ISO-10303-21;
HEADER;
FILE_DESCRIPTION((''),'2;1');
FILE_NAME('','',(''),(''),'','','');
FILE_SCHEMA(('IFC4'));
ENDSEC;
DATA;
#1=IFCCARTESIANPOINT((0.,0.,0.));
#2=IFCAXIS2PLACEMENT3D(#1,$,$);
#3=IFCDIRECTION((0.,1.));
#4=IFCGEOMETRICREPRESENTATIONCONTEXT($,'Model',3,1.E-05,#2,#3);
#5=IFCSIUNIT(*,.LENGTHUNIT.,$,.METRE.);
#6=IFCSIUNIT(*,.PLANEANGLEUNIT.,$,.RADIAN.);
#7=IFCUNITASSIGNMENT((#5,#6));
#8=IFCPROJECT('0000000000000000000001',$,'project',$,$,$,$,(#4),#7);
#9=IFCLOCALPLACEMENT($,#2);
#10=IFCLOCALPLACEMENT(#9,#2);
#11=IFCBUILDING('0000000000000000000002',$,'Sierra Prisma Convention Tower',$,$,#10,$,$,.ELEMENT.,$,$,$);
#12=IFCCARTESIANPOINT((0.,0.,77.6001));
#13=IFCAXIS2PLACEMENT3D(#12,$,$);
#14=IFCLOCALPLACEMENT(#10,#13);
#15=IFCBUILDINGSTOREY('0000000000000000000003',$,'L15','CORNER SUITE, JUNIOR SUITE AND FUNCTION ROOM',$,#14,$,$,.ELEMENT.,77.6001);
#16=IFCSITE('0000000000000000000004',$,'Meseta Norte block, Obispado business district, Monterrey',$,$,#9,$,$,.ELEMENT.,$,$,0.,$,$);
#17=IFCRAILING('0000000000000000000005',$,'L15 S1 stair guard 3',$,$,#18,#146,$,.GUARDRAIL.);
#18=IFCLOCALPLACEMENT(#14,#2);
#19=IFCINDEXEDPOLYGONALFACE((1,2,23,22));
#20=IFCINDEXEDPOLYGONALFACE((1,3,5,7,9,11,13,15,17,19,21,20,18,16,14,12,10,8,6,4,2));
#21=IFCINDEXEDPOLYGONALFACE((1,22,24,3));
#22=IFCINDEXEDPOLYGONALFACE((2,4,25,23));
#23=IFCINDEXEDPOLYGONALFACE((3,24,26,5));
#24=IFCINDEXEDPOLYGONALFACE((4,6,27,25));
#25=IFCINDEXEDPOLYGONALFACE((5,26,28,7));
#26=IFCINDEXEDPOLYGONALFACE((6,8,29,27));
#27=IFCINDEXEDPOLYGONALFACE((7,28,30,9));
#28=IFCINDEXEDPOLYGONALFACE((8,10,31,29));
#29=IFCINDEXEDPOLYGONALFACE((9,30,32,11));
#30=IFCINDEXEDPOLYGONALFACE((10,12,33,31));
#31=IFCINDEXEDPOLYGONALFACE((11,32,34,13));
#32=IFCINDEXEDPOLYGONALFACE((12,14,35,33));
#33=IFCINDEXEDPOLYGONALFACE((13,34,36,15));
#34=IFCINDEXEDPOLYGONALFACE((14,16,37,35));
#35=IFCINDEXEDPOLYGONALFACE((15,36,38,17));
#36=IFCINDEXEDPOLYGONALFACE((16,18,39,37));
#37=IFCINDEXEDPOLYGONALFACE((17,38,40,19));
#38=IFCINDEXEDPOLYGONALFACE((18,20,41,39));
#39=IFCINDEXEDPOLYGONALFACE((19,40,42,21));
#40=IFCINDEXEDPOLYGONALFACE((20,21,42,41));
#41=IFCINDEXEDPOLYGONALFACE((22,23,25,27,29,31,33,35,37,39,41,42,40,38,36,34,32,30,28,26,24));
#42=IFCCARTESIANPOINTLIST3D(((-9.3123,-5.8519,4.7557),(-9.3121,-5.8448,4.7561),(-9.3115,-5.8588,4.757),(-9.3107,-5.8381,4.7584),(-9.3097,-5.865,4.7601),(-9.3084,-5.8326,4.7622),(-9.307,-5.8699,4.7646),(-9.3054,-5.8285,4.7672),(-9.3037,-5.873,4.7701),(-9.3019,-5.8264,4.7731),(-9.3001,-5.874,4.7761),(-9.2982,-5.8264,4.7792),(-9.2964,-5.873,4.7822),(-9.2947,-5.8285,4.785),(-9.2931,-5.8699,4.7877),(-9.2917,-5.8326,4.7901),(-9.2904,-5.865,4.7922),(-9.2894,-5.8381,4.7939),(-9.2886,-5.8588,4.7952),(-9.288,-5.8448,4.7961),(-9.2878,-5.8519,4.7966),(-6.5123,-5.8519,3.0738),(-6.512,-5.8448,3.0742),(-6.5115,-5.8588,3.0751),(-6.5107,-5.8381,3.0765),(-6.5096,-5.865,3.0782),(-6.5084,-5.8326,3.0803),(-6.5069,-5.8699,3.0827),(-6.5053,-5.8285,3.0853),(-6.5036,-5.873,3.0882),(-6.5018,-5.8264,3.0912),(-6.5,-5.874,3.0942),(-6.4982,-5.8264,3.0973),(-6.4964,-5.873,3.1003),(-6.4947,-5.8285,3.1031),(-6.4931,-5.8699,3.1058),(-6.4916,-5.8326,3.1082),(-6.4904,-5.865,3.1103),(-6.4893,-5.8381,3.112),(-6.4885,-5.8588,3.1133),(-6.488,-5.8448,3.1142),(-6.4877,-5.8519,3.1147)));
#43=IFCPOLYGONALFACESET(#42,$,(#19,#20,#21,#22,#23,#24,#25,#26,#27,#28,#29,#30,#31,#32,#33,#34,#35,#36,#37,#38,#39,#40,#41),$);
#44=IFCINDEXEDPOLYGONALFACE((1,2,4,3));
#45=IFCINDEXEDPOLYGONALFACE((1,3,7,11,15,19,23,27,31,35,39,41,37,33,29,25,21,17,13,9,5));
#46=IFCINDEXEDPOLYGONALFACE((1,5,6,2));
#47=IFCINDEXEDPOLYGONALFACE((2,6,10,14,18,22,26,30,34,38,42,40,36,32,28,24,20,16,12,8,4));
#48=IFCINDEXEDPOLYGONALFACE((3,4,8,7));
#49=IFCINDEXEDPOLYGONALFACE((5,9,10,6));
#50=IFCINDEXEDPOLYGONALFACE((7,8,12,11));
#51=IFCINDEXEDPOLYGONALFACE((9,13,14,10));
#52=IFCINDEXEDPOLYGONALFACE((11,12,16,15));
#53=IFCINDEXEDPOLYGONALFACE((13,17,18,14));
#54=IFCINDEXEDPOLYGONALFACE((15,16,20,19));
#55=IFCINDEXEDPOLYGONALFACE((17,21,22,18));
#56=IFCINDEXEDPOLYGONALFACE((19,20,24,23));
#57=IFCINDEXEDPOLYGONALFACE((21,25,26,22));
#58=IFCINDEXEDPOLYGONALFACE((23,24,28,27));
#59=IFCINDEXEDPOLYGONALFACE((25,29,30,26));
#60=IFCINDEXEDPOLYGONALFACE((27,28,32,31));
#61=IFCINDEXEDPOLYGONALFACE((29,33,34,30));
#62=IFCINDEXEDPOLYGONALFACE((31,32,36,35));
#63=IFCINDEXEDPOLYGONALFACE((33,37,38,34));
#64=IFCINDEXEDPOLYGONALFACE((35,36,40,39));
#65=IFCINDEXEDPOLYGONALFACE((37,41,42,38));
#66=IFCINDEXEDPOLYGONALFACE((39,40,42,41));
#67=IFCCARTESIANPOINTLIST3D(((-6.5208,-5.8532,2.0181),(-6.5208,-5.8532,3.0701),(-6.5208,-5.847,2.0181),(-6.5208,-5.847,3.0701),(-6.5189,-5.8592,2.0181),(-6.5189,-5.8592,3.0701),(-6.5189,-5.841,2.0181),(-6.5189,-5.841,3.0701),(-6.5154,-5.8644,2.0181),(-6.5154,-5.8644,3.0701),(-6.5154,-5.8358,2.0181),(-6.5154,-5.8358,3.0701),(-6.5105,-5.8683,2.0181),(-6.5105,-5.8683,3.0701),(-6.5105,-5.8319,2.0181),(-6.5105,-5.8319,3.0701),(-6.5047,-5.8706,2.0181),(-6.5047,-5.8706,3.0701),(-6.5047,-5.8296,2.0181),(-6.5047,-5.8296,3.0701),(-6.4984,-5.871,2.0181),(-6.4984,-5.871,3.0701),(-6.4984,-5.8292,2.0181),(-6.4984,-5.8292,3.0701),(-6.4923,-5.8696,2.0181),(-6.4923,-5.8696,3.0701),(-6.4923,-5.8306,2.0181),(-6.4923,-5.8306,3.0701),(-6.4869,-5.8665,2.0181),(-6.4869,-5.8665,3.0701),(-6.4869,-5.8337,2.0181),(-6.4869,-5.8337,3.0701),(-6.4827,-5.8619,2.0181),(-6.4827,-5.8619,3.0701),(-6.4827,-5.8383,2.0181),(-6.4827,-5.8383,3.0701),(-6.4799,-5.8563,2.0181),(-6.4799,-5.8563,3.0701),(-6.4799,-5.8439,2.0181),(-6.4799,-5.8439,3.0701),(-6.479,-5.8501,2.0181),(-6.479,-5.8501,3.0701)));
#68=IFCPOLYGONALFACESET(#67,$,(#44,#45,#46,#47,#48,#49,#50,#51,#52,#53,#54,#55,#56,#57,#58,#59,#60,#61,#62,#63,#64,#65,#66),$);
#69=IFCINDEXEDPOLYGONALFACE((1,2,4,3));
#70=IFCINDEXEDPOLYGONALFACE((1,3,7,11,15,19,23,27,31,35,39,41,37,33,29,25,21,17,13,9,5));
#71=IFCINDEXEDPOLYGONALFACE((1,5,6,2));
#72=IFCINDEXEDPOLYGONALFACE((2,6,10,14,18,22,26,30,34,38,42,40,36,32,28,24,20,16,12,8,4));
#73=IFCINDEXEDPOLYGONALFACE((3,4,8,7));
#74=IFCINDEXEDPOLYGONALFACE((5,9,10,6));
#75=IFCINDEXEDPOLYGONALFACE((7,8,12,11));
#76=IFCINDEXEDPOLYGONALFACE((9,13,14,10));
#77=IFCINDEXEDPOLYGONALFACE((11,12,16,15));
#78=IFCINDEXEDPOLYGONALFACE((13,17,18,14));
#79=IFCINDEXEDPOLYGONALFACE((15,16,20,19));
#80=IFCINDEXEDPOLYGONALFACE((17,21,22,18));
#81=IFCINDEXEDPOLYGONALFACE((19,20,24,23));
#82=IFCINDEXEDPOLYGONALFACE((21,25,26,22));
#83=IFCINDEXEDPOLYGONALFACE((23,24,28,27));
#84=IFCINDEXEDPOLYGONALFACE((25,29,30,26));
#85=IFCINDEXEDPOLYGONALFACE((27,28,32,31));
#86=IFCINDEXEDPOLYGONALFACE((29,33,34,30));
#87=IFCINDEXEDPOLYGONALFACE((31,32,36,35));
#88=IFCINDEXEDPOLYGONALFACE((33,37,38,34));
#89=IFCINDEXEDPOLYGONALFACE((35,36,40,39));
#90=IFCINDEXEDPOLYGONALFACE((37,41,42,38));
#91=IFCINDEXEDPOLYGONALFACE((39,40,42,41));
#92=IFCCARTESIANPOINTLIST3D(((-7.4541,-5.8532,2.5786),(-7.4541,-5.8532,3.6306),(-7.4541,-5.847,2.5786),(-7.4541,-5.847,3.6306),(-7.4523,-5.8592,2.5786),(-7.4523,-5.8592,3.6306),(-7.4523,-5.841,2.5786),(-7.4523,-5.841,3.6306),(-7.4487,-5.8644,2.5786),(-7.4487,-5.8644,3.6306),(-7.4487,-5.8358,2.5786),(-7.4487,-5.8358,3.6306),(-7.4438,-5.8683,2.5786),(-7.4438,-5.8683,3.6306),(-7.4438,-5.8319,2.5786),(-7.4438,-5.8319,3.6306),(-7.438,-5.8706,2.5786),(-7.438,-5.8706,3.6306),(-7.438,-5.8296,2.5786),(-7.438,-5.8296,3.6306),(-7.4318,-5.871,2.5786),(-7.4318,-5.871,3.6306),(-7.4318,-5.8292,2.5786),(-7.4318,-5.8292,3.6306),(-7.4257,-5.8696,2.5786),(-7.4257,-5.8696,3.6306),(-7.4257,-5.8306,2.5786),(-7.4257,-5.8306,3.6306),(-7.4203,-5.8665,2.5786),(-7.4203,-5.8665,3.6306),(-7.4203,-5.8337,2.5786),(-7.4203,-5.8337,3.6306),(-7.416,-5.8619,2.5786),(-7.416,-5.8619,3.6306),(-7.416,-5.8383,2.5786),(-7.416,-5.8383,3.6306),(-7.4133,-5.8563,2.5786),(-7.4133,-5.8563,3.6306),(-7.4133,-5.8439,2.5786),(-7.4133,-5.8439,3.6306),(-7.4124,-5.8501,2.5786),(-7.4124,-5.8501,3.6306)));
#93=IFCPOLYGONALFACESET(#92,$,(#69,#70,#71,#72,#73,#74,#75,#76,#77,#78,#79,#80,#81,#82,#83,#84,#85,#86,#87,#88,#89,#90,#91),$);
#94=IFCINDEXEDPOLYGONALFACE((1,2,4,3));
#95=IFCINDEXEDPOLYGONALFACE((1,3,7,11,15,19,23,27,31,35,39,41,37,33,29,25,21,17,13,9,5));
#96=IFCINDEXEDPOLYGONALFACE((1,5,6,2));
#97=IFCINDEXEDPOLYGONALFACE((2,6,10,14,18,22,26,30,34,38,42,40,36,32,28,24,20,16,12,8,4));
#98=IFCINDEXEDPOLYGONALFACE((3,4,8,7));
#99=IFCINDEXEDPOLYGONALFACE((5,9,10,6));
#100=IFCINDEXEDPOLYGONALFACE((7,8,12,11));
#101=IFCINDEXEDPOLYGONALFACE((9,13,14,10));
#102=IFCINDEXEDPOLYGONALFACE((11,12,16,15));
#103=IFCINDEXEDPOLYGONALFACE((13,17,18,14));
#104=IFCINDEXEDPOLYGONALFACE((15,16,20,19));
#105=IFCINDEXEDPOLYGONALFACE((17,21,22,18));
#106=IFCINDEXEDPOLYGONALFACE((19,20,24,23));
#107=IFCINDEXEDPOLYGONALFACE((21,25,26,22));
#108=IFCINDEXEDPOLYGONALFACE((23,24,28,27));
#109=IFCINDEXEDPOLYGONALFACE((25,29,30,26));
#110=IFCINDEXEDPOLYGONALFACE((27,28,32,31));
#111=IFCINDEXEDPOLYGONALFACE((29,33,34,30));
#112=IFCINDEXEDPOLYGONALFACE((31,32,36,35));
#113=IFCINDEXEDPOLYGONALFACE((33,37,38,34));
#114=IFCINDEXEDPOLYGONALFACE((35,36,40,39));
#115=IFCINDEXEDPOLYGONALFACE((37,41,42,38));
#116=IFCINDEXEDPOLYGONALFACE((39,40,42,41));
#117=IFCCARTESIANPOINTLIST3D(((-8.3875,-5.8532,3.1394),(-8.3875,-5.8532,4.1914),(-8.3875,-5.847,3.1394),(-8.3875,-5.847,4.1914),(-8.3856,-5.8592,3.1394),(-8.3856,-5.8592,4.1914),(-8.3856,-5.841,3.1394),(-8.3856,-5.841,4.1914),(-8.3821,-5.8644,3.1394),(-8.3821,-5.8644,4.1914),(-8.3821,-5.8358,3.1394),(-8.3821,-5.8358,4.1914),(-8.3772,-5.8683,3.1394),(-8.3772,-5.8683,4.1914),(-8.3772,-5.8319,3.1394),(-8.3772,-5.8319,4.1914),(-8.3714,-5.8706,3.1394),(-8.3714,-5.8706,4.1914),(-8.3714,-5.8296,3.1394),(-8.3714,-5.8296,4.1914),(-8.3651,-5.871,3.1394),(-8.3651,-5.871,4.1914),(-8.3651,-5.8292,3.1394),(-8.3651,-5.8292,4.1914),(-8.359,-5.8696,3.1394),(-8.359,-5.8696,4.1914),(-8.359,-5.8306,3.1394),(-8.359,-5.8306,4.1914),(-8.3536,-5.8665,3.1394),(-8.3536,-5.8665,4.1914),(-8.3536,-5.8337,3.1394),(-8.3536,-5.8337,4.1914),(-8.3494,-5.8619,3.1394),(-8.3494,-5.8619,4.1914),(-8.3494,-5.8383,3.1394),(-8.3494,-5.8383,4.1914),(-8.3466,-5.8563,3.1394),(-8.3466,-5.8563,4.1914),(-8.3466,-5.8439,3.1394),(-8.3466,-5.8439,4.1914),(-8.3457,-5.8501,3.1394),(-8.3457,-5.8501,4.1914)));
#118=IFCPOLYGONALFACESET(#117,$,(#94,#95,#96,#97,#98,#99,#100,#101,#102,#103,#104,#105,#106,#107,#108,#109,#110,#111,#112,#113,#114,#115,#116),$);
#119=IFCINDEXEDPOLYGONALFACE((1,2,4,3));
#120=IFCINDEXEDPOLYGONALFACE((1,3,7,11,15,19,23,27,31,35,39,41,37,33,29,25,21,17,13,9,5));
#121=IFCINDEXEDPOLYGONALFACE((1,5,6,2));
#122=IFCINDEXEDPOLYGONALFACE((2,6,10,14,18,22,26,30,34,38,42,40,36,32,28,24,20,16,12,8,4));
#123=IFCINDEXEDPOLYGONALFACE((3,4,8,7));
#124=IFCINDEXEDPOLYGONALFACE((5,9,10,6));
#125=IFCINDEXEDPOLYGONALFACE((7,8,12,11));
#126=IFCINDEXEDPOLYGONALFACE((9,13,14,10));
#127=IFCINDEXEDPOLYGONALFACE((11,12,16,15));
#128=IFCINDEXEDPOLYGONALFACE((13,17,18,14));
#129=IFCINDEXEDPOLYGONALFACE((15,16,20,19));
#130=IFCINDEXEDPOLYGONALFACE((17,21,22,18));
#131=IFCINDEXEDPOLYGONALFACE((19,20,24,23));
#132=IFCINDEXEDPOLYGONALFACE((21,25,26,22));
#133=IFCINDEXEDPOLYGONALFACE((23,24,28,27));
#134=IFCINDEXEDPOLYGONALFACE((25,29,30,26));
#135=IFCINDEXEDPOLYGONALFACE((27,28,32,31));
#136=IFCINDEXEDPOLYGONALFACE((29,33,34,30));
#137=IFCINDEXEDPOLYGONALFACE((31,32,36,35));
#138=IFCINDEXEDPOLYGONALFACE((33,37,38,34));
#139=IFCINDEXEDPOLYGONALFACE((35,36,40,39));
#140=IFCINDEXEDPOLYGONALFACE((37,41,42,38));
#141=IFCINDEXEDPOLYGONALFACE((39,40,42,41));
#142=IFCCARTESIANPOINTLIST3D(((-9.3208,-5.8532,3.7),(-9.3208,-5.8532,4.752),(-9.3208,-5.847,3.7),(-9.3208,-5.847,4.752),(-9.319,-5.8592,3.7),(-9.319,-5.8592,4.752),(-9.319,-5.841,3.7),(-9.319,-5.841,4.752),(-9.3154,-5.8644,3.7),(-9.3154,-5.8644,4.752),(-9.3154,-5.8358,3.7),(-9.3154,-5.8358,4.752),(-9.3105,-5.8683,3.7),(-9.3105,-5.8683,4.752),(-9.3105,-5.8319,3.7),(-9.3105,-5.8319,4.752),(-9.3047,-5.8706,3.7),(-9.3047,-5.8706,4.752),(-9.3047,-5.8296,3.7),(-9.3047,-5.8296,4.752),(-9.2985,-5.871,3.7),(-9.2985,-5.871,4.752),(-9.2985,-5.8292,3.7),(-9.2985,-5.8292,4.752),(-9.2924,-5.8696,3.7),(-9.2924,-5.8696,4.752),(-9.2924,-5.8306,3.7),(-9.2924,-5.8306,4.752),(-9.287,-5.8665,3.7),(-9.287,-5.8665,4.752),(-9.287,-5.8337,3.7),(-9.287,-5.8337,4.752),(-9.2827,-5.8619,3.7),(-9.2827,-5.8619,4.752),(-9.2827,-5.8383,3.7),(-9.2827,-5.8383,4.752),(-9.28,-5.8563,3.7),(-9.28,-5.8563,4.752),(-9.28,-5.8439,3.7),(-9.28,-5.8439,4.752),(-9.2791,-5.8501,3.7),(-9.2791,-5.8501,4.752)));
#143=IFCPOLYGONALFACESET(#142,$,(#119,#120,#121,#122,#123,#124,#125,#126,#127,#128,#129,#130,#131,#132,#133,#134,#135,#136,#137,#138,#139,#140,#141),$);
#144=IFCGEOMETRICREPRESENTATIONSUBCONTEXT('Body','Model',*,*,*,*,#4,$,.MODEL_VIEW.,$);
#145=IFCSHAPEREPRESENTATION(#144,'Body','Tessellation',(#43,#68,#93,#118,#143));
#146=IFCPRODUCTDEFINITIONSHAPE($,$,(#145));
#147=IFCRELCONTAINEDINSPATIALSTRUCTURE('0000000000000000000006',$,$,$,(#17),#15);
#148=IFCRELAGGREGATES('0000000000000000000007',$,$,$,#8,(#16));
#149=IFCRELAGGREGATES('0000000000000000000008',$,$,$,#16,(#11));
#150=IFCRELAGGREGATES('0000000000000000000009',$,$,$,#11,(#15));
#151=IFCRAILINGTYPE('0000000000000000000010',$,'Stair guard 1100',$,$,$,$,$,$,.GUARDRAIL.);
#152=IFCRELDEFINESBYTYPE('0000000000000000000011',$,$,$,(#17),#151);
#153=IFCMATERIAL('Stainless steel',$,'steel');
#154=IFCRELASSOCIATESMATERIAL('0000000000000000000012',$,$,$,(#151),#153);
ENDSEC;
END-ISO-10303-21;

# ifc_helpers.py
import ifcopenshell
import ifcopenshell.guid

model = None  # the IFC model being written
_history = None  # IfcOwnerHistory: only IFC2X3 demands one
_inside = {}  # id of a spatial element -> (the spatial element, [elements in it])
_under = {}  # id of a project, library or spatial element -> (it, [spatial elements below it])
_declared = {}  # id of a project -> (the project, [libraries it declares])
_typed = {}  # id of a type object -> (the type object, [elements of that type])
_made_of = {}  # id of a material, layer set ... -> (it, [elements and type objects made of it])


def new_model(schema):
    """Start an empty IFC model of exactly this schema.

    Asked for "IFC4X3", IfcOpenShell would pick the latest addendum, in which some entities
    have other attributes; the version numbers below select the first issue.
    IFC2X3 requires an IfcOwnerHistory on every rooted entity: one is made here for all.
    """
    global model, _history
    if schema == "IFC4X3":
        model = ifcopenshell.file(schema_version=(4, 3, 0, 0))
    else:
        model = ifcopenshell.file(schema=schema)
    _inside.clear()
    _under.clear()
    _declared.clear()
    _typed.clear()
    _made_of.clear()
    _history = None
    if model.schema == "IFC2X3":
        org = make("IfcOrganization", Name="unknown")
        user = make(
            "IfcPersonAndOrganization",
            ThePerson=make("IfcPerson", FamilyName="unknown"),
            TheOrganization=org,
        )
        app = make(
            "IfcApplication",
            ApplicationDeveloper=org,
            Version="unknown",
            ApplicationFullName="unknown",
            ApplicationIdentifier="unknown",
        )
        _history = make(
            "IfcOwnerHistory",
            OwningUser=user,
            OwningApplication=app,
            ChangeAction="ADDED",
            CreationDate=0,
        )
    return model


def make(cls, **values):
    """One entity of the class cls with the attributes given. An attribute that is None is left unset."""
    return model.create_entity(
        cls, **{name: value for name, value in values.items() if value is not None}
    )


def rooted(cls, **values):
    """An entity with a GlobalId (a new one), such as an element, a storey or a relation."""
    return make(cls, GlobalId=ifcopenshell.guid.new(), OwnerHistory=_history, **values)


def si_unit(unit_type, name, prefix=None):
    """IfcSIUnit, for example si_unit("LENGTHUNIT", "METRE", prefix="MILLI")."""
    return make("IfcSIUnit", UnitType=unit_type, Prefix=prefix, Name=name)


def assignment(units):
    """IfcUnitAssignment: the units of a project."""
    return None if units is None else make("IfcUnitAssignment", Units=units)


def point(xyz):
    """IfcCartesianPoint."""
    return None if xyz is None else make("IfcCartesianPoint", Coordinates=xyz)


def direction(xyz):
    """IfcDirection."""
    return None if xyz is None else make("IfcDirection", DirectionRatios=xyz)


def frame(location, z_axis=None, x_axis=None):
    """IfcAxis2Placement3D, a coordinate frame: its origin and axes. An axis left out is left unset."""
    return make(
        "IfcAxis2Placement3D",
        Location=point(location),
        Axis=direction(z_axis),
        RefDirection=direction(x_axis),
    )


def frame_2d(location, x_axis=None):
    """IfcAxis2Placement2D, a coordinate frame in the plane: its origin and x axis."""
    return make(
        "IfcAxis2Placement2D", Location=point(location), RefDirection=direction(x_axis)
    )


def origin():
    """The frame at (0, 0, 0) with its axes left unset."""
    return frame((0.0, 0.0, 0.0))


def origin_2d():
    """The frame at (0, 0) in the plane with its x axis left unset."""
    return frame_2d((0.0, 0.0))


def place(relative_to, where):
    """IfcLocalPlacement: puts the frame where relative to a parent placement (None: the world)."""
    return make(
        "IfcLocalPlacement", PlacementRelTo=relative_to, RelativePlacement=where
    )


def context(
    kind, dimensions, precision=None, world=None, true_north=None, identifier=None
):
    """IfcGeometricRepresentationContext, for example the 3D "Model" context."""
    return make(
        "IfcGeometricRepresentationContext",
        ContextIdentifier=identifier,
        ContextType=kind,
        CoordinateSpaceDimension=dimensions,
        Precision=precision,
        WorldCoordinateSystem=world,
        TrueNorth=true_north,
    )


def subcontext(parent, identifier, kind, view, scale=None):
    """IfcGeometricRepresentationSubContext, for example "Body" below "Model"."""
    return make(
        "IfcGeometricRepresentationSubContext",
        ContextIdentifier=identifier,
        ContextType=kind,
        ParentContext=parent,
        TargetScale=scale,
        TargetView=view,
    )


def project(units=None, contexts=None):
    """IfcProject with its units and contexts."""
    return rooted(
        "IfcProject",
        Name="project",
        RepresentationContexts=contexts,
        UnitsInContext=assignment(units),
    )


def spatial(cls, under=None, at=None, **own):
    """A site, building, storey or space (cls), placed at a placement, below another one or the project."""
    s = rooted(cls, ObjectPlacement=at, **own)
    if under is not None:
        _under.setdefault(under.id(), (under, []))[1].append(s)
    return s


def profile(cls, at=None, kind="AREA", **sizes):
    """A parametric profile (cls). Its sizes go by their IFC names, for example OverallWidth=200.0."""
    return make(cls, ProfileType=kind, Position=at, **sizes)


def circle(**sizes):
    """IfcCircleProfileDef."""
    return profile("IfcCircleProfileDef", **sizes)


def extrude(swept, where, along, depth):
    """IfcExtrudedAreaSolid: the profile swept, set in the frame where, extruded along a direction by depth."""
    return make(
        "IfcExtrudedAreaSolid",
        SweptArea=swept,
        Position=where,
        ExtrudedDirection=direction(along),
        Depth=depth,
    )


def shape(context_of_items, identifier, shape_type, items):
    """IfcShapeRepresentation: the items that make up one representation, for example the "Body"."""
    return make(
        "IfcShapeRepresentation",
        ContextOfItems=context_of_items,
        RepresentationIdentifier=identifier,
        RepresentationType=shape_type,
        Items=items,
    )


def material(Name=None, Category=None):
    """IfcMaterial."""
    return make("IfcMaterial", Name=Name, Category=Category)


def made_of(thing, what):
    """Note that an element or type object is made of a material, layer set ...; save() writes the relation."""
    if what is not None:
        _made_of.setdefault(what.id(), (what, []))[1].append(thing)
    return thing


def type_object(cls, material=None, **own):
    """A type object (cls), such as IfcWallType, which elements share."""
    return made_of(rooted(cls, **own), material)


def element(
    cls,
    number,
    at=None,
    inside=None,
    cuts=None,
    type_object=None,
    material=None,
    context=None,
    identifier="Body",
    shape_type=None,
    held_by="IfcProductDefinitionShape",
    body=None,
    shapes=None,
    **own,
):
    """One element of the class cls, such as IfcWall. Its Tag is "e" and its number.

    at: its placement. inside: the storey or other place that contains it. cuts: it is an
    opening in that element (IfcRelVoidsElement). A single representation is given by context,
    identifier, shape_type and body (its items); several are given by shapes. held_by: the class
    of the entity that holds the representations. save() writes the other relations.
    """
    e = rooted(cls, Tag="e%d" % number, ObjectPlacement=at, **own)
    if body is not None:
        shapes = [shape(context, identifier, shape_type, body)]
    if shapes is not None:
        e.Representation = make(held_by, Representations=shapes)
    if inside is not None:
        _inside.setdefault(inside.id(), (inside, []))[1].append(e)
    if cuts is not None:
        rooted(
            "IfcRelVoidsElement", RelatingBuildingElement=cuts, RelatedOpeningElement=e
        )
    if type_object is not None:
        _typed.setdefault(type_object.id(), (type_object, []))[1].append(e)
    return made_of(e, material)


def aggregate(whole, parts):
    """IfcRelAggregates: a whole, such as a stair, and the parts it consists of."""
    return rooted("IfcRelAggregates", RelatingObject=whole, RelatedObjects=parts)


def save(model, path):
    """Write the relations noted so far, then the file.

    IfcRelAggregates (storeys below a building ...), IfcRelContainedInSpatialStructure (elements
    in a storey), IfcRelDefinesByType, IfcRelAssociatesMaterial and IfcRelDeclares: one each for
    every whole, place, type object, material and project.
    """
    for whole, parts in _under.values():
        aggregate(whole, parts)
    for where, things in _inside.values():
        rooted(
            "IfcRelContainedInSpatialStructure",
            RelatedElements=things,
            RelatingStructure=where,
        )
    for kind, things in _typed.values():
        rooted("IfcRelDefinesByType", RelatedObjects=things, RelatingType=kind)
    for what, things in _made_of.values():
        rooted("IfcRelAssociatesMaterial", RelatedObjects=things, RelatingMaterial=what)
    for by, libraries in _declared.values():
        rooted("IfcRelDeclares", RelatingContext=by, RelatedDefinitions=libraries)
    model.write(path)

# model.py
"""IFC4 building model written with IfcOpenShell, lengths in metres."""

from ifc_helpers import new_model, si_unit, direction, frame, origin, origin_2d, place, context, subcontext, project, spatial, circle, extrude, material, type_object, element, save


model = new_model("IFC4")

# Units and contexts
model_context = context("Model", 3, precision=1e-05, world=origin(), true_north=direction((0.0, 1.0)))
body_context = subcontext(model_context, "Body", "Model", "MODEL_VIEW")
ifc_project = project(units=[si_unit("LENGTHUNIT", "METRE"), si_unit("PLANEANGLEUNIT", "RADIAN")], contexts=[model_context])

# Site, building, storey
site_placement = place(None, origin())
site = spatial("IfcSite", under=ifc_project, at=site_placement, Name="Meseta Norte block, Obispado business district, Monterrey", CompositionType="ELEMENT", RefElevation=0.0)
building_placement = place(site_placement, origin())
building = spatial("IfcBuilding", under=site, at=building_placement, Name="Sierra Prisma Convention Tower", CompositionType="ELEMENT")
storey_placement = place(building_placement, frame((0.0, 0.0, 77.6001)))
storey = spatial("IfcBuildingStorey", under=building, at=storey_placement, Name="L15", Description="CORNER SUITE, JUNIOR SUITE AND FUNCTION ROOM", CompositionType="ELEMENT", Elevation=77.6001)

# Railing
ifc_material_1 = material(Name="Stainless steel", Category="steel")
railing_type_1 = type_object("IfcRailingType", Name="Stair guard 1100", PredefinedType="GUARDRAIL", material=ifc_material_1)
railing_1_placement = place(storey_placement, frame((-6.5, -5.8501, 2.0181)))
element("IfcRailing", 1, at=railing_1_placement, inside=storey, type_object=railing_type_1, Name="L15 S1 stair guard 3", PredefinedType="GUARDRAIL", context=body_context, shape_type="SweptSolid", body=[
    extrude(circle(Radius=0.0239, at=origin_2d()), frame((0.0, 0.0, 1.0762), z_axis=(-0.857242, 0.0, 0.514913), x_axis=(0.0, -1.0, 0.0)), (0.0, 0.0, 1.0), 3.2664),
    extrude(circle(Radius=0.021, at=origin_2d()), origin(), (0.0, 0.0, 1.0), 1.052),
    extrude(circle(Radius=0.021, at=origin_2d()), frame((-0.9333, 0.0, 0.5605)), (0.0, 0.0, 1.0), 1.052),
    extrude(circle(Radius=0.021, at=origin_2d()), frame((-1.8667, 0.0, 1.1213)), (0.0, 0.0, 1.0), 1.052),
    extrude(circle(Radius=0.021, at=origin_2d()), frame((-2.8, 0.0, 1.6819)), (0.0, 0.0, 1.0), 1.052),
])

save(model, "model.ifc")
